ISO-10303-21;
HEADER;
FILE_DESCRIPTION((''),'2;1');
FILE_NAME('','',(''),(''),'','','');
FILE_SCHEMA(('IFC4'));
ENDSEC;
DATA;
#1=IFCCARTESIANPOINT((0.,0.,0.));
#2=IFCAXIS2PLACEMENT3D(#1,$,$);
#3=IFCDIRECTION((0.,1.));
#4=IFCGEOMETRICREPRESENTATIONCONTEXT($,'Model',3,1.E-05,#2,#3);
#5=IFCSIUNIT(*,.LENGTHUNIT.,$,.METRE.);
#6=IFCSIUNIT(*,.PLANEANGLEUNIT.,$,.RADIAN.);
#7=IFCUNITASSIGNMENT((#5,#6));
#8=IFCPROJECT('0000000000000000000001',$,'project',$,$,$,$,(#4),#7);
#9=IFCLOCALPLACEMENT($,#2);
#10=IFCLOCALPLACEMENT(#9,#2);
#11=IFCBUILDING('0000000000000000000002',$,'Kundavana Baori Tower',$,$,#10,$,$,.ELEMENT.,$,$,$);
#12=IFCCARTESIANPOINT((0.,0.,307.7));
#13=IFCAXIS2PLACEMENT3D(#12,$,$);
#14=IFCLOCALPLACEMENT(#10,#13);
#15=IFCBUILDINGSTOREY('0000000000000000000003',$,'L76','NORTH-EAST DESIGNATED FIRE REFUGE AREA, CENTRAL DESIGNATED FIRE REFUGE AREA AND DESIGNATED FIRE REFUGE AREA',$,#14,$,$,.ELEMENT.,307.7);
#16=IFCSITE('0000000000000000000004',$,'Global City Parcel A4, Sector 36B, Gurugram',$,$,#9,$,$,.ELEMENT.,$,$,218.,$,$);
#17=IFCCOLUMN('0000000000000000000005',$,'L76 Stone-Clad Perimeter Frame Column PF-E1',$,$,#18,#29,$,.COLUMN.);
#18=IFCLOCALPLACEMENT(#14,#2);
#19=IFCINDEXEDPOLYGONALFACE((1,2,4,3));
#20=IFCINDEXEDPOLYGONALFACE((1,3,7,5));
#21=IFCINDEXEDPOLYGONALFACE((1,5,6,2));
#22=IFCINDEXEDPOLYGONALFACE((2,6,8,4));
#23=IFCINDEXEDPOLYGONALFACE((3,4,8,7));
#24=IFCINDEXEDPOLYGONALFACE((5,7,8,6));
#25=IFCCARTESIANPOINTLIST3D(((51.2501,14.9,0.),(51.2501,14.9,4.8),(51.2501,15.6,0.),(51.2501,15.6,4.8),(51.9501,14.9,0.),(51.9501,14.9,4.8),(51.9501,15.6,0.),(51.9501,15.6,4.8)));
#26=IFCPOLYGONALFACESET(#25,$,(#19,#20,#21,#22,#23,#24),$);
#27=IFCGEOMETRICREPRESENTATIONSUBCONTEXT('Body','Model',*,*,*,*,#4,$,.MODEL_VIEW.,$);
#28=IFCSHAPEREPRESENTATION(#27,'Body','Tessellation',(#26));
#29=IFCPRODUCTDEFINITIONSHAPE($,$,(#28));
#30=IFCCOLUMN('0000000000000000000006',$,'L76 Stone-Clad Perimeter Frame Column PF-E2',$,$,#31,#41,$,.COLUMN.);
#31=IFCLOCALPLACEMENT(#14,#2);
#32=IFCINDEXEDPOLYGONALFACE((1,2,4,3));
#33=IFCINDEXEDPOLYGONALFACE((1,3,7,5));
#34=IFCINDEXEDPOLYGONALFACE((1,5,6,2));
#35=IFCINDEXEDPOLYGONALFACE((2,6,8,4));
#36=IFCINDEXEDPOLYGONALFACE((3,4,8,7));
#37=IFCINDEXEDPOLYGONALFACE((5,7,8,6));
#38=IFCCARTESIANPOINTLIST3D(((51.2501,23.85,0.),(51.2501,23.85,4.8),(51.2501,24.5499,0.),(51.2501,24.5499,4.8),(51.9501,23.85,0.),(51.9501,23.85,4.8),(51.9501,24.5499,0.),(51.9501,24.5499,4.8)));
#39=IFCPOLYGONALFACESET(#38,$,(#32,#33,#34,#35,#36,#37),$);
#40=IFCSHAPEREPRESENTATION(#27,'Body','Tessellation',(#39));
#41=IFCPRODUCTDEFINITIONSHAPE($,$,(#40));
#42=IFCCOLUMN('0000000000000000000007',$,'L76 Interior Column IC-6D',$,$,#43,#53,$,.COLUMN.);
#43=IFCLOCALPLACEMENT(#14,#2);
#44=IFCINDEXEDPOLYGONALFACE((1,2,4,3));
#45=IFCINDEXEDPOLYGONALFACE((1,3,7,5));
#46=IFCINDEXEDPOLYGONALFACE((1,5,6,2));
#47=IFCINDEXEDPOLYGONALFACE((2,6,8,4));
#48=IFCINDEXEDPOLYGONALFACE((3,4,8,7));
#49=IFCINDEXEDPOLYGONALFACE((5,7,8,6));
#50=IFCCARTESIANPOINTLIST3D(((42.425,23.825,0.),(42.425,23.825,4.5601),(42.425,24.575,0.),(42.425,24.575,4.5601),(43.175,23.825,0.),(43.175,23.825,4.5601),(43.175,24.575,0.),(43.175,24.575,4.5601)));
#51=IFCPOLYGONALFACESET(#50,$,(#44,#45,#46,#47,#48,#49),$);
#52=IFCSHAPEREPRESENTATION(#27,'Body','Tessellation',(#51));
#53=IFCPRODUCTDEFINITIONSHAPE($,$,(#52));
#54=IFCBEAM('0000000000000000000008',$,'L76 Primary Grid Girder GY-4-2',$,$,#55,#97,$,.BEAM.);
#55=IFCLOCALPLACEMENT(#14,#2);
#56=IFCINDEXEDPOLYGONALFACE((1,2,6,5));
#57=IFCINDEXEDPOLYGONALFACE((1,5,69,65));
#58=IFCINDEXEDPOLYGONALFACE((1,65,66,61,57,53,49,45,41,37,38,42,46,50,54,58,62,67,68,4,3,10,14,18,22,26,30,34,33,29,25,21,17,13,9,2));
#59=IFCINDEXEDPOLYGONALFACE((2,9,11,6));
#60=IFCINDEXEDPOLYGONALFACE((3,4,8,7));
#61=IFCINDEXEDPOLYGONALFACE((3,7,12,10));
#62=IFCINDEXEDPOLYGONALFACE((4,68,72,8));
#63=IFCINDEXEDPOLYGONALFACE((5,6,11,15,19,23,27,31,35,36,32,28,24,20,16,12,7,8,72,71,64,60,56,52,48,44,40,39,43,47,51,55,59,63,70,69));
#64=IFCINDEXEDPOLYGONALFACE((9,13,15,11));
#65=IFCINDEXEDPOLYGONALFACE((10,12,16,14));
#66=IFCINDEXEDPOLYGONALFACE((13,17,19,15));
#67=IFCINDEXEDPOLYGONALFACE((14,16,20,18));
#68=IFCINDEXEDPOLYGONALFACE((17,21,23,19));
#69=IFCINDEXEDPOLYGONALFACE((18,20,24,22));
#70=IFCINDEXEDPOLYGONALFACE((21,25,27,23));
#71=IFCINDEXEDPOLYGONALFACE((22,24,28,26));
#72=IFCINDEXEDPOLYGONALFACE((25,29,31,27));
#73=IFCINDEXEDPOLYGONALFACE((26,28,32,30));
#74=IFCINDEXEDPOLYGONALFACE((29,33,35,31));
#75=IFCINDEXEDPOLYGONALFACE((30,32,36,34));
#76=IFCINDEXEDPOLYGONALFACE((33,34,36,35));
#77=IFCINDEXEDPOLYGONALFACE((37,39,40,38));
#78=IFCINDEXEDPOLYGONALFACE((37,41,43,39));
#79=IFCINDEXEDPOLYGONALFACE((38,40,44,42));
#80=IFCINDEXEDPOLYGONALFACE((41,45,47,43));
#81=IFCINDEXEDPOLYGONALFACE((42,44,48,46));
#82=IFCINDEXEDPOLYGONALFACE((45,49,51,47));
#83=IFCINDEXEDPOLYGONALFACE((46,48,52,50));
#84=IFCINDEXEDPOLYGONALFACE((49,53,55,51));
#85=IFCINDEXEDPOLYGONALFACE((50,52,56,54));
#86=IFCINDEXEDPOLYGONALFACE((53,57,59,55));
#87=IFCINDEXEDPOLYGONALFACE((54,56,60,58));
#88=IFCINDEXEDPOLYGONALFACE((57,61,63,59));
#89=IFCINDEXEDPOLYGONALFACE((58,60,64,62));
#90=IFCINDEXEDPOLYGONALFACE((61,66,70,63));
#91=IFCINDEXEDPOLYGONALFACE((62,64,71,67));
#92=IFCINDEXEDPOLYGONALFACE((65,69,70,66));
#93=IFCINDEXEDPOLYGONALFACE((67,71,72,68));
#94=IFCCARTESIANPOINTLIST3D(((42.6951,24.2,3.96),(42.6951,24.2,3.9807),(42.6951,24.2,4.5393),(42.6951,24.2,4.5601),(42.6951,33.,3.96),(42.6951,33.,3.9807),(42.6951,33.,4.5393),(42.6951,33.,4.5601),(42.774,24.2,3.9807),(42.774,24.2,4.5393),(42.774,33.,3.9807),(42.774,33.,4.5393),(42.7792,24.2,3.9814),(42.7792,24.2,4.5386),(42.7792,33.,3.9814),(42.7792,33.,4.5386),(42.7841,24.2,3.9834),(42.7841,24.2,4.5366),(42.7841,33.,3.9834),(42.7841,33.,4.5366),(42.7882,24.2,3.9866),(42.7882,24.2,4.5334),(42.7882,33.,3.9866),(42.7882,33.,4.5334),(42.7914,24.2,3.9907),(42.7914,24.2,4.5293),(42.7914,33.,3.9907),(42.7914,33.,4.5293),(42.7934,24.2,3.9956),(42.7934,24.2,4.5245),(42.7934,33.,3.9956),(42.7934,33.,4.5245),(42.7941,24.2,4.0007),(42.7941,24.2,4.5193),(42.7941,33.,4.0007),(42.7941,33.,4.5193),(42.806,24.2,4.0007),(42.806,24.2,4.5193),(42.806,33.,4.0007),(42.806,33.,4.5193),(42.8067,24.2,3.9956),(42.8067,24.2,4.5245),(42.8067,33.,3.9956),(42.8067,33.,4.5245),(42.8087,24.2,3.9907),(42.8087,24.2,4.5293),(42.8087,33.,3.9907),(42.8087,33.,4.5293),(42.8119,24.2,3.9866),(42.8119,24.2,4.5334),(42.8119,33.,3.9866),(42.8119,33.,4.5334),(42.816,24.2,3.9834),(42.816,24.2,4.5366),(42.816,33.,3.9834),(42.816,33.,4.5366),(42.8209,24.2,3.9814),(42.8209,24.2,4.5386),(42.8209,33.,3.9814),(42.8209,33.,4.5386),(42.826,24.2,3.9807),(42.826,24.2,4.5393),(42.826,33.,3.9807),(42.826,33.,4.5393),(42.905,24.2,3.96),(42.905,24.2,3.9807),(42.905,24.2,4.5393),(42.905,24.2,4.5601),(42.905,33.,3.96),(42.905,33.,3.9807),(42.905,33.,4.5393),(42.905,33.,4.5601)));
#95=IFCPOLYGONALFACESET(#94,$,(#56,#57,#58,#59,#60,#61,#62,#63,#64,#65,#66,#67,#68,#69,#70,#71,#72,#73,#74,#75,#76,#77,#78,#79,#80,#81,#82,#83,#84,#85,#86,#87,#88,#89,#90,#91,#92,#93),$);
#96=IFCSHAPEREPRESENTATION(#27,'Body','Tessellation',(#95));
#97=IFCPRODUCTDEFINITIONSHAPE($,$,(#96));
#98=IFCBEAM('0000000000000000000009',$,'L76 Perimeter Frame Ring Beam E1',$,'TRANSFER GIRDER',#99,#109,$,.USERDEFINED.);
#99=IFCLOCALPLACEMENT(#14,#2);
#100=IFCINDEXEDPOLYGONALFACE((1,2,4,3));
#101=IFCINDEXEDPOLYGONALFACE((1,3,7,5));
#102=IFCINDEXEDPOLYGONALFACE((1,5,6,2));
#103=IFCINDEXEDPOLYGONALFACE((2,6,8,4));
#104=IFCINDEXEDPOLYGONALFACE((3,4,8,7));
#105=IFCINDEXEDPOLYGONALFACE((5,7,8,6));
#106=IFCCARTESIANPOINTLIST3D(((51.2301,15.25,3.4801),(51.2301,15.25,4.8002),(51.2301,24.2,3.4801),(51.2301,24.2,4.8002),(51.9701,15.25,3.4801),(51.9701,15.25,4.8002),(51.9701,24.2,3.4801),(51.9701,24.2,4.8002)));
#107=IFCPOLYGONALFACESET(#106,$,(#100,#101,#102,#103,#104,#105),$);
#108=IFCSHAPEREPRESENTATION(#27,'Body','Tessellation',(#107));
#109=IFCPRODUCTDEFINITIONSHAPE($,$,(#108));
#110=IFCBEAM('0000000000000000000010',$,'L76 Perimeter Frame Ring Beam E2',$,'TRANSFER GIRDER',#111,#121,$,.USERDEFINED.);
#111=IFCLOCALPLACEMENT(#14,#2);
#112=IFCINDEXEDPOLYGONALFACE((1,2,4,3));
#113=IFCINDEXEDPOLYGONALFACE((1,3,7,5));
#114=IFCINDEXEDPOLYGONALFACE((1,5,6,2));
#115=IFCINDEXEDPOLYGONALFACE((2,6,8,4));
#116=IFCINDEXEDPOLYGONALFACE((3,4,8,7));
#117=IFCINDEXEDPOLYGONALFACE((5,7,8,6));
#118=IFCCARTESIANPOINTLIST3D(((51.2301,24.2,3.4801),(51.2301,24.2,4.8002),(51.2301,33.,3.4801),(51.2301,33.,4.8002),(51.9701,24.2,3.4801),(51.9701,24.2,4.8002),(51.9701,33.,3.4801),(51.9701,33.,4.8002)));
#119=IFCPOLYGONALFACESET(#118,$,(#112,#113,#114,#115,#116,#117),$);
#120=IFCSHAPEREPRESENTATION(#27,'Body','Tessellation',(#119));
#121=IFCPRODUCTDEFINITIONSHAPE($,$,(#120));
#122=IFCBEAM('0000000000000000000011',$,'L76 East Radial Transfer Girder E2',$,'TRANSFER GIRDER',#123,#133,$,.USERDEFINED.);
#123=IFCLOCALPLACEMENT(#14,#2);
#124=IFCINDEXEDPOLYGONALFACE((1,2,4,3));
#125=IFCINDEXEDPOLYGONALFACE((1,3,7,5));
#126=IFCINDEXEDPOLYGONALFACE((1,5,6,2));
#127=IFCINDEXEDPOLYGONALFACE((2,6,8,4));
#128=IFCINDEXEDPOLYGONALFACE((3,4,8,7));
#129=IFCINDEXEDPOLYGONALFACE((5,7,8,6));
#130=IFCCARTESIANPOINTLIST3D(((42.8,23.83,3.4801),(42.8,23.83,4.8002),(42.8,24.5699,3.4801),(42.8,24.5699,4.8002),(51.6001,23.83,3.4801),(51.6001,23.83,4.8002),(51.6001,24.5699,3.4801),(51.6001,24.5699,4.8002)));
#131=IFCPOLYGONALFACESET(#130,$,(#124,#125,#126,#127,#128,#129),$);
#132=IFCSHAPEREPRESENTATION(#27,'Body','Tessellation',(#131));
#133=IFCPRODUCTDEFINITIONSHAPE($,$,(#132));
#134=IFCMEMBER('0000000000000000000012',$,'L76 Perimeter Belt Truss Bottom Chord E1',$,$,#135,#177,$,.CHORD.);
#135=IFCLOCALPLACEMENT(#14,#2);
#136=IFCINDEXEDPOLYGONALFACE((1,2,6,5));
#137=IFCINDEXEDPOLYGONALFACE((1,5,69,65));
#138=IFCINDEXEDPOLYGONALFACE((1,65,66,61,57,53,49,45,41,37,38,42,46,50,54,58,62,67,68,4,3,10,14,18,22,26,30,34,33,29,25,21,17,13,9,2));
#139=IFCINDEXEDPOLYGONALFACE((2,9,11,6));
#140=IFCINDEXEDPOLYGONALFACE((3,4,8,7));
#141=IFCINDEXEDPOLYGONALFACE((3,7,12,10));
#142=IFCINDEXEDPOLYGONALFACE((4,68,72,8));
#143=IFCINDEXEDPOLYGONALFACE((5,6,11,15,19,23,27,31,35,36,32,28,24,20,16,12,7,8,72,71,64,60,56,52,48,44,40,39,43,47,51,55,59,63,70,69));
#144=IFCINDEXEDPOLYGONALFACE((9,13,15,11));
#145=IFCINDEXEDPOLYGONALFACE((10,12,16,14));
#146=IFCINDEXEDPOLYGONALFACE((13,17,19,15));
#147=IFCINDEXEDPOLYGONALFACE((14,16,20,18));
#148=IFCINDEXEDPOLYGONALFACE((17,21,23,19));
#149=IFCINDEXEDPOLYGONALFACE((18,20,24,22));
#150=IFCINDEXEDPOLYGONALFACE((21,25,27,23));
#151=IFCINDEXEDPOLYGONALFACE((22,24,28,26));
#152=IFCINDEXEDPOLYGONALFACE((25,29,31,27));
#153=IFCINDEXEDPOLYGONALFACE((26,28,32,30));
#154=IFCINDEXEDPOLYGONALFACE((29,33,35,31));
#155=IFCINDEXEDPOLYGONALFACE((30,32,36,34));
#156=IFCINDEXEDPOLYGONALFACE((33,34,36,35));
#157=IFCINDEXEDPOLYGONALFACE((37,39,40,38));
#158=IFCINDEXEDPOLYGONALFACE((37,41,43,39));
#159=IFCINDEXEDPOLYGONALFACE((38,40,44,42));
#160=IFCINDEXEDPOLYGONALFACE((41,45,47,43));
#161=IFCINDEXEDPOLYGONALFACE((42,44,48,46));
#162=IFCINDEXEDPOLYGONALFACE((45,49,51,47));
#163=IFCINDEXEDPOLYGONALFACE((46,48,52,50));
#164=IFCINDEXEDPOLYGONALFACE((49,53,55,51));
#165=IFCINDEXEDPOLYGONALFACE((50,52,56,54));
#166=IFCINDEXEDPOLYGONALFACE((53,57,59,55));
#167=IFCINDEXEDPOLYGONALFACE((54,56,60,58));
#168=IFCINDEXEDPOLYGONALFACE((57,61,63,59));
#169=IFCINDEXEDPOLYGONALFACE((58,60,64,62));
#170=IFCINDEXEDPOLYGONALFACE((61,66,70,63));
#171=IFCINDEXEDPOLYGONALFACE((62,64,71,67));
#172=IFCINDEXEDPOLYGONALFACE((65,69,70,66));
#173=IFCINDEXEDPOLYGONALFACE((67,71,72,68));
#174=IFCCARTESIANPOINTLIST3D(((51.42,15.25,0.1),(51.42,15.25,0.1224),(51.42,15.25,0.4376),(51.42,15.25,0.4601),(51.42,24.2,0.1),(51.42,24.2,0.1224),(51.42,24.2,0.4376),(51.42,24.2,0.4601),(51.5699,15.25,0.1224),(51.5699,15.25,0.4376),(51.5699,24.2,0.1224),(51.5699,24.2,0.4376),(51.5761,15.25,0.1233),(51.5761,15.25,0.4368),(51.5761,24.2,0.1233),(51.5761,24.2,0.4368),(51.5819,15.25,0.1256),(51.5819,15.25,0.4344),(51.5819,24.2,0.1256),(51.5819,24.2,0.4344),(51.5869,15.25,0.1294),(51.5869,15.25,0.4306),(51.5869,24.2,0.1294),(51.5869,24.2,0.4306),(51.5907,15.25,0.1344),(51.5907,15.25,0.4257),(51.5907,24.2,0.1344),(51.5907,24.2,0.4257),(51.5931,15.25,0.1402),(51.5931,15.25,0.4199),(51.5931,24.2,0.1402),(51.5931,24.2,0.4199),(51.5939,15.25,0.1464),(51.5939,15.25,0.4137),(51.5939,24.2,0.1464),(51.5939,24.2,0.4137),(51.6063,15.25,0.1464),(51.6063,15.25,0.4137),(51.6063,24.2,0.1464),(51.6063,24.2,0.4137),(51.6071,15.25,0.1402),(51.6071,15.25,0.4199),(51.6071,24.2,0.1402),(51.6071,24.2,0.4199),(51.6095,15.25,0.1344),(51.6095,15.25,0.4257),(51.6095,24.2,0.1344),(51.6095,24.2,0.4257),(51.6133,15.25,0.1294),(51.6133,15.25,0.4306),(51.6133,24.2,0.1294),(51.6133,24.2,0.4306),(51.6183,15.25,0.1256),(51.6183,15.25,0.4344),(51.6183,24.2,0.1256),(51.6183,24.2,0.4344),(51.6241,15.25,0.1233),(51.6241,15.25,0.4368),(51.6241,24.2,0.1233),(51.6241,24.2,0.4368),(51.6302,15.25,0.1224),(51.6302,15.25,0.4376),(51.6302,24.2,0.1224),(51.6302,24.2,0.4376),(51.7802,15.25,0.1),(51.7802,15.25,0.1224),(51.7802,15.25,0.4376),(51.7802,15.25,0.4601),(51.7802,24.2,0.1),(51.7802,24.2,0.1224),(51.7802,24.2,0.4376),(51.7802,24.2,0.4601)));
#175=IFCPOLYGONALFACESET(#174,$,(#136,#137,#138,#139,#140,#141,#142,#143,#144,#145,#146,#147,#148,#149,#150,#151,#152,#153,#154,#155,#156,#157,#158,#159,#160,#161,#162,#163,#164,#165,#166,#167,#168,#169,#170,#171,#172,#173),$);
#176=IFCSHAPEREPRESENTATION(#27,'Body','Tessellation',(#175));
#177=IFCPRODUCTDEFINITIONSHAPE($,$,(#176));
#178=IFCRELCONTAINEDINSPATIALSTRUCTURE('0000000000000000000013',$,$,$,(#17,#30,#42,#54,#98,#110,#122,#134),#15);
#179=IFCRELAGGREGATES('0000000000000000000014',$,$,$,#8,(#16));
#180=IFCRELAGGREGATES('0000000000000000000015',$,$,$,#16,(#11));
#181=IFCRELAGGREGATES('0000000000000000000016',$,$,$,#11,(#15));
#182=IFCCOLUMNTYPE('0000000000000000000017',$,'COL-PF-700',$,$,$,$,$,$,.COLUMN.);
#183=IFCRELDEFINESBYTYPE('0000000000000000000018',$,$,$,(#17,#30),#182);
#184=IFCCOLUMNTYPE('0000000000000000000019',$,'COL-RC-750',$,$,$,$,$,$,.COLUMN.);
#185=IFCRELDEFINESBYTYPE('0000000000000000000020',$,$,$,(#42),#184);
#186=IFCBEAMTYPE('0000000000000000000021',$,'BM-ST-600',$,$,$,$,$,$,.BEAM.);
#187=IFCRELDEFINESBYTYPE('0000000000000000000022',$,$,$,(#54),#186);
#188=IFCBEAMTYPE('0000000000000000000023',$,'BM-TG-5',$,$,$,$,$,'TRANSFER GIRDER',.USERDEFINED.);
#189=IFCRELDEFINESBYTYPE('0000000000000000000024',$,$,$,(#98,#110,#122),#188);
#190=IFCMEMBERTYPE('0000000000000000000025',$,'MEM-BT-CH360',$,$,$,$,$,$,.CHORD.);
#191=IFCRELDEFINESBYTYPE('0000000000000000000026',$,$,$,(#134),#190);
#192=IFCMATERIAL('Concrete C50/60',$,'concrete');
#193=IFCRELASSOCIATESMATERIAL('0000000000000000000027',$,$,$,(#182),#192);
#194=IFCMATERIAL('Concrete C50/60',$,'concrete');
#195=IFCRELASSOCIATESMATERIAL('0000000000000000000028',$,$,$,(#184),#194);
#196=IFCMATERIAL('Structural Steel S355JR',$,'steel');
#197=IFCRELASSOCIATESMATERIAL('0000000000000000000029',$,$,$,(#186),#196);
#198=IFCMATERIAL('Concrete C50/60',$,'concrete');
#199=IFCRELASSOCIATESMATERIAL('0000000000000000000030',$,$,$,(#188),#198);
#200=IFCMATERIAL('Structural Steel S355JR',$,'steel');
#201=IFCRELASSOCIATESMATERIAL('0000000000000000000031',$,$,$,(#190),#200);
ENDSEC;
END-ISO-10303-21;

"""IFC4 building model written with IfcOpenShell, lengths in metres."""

from ifc_helpers import new_model, si_unit, direction, frame, origin, origin_2d, place, context, subcontext, project, spatial, rectangle, i_section, extrude, material, material_profile, profile_set, type_object, element, save


model = new_model("IFC4")

# Units and contexts
model_context = context("Model", 3, precision=1e-05, world=origin(), true_north=direction((0.0, 1.0)))
body_context = subcontext(model_context, "Body", "Model", "MODEL_VIEW")
ifc_project = project(units=[si_unit("LENGTHUNIT", "METRE"), si_unit("PLANEANGLEUNIT", "RADIAN")], contexts=[model_context])

# Site, building, storey
site_placement = place(None, origin())
site = spatial("IfcSite", under=ifc_project, at=site_placement, Name="Global City Parcel A4, Sector 36B, Gurugram", CompositionType="ELEMENT", RefElevation=218.0)
building_placement = place(site_placement, origin())
building = spatial("IfcBuilding", under=site, at=building_placement, Name="Kundavana Baori Tower", CompositionType="ELEMENT")
storey_placement = place(building_placement, frame((0.0, 0.0, 307.7)))
storey = spatial("IfcBuildingStorey", under=building, at=storey_placement, Name="L76", Description="NORTH-EAST DESIGNATED FIRE REFUGE AREA, CENTRAL DESIGNATED FIRE REFUGE AREA AND DESIGNATED FIRE REFUGE AREA", CompositionType="ELEMENT", Elevation=307.7)

# Columns
ifc_material_1 = material(Name="Concrete C50/60", Category="concrete")
ifc_material_profile_1 = material_profile(ifc_material_1, rectangle(XDim=0.7, YDim=0.7, at=origin_2d()), Name="RC PF 700x700")
ifc_profile_set_1 = profile_set([ifc_material_profile_1], Name="Concrete C50/60")
column_type_1 = type_object("IfcColumnType", Name="COL-PF-700", PredefinedType="COLUMN", material=ifc_profile_set_1)
for number, where, z_axis, x_axis, name in (
    (1, (51.6001, 15.25, 0.0), (0.0, 0.0, 1.0), (1.0, 0.0, 0.0), "L76 Stone-Clad Perimeter Frame Column PF-E1"),
    (2, (51.6001, 24.2, 0.0), (0.0, 0.0, 1.0), (1.0, 0.0, 0.0), "L76 Stone-Clad Perimeter Frame Column PF-E2"),
):
    element("IfcColumn", number, at=place(storey_placement, frame(where, z_axis=z_axis, x_axis=x_axis)), inside=storey, type_object=column_type_1, Name=name, PredefinedType="COLUMN", context=body_context, shape_type="SweptSolid", body=[
        extrude(rectangle(XDim=0.7, YDim=0.7, at=origin_2d()), origin(), (0.0, 0.0, 1.0), 4.8),
    ])
ifc_material_2 = material(Name="Concrete C50/60", Category="concrete")
ifc_material_profile_2 = material_profile(ifc_material_2, rectangle(XDim=0.75, YDim=0.75, at=origin_2d()), Name="RC 750x750")
ifc_profile_set_2 = profile_set([ifc_material_profile_2], Name="Concrete C50/60")
column_type_2 = type_object("IfcColumnType", Name="COL-RC-750", PredefinedType="COLUMN", material=ifc_profile_set_2)
column_placement = place(storey_placement, frame((42.8, 24.2, 0.0), z_axis=(0.0, 0.0, 1.0), x_axis=(1.0, 0.0, 0.0)))
element("IfcColumn", 3, at=column_placement, inside=storey, type_object=column_type_2, Name="L76 Interior Column IC-6D", PredefinedType="COLUMN", context=body_context, shape_type="SweptSolid", body=[
    extrude(rectangle(XDim=0.75, YDim=0.75, at=origin_2d()), origin(), (0.0, 0.0, 1.0), 4.5601),
])

# Beams
ifc_material_3 = material(Name="Structural Steel S355JR", Category="steel")
ifc_material_profile_3 = material_profile(ifc_material_3, i_section(OverallWidth=0.21, OverallDepth=0.6001, WebThickness=0.012, FlangeThickness=0.0208, FilletRadius=0.02, at=origin_2d()), Name="ISMB 600")
ifc_profile_set_3 = profile_set([ifc_material_profile_3], Name="Structural Steel S355JR")
beam_type_1 = type_object("IfcBeamType", Name="BM-ST-600", PredefinedType="BEAM", material=ifc_profile_set_3)
beam_1_placement = place(storey_placement, frame((42.8, 24.2, 4.26), z_axis=(0.0, 1.0, 0.0), x_axis=(-1.0, 0.0, 0.0)))
element("IfcBeam", 4, at=beam_1_placement, inside=storey, type_object=beam_type_1, Name="L76 Primary Grid Girder GY-4-2", PredefinedType="BEAM", context=body_context, shape_type="SweptSolid", body=[
    extrude(i_section(OverallWidth=0.21, OverallDepth=0.6001, WebThickness=0.012, FlangeThickness=0.0208, FilletRadius=0.02, at=origin_2d()), origin(), (0.0, 0.0, 1.0), 8.8),
])
ifc_material_4 = material(Name="Concrete C50/60", Category="concrete")
ifc_material_profile_4 = material_profile(ifc_material_4, rectangle(XDim=0.74, YDim=1.3201, at=origin_2d()), Name="BM-TG-5")
ifc_profile_set_4 = profile_set([ifc_material_profile_4], Name="Concrete C50/60")
beam_type_2 = type_object("IfcBeamType", Name="BM-TG-5", ElementType="TRANSFER GIRDER", PredefinedType="USERDEFINED", material=ifc_profile_set_4)
beam_2_placement = place(storey_placement, frame((51.6001, 15.25, 4.1401), z_axis=(0.0, 1.0, 0.0), x_axis=(-1.0, 0.0, 0.0)))
element("IfcBeam", 5, at=beam_2_placement, inside=storey, type_object=beam_type_2, Name="L76 Perimeter Frame Ring Beam E1", ObjectType="TRANSFER GIRDER", PredefinedType="USERDEFINED", context=body_context, shape_type="SweptSolid", body=[
    extrude(rectangle(XDim=0.74, YDim=1.3201, at=origin_2d()), origin(), (0.0, 0.0, 1.0), 8.95),
])
for number, where, z_axis, x_axis, name in (
    (6, (51.6001, 24.2, 4.1401), (0.0, 1.0, 0.0), (-1.0, 0.0, 0.0), "L76 Perimeter Frame Ring Beam E2"),
    (7, (42.8, 24.2, 4.1401), (1.0, 0.0, 0.0), (0.0, 1.0, 0.0), "L76 East Radial Transfer Girder E2"),
):
    element("IfcBeam", number, at=place(storey_placement, frame(where, z_axis=z_axis, x_axis=x_axis)), inside=storey, type_object=beam_type_2, Name=name, ObjectType="TRANSFER GIRDER", PredefinedType="USERDEFINED", context=body_context, shape_type="SweptSolid", body=[
        extrude(rectangle(XDim=0.74, YDim=1.3201, at=origin_2d()), origin(), (0.0, 0.0, 1.0), 8.8),
    ])

# Member
ifc_material_5 = material(Name="Structural Steel S355JR", Category="steel")
ifc_material_profile_5 = material_profile(ifc_material_5, i_section(OverallWidth=0.3601, OverallDepth=0.3601, WebThickness=0.0125, FlangeThickness=0.0225, FilletRadius=0.0239, at=origin_2d()), Name="WPB 360x360x142")
ifc_profile_set_5 = profile_set([ifc_material_profile_5], Name="Structural Steel S355JR")
member_type_1 = type_object("IfcMemberType", Name="MEM-BT-CH360", PredefinedType="CHORD", material=ifc_profile_set_5)
member_1_placement = place(storey_placement, frame((51.6001, 15.25, 0.28), z_axis=(0.0, 1.0, 0.0), x_axis=(-1.0, 0.0, 0.0)))
element("IfcMember", 8, at=member_1_placement, inside=storey, type_object=member_type_1, Name="L76 Perimeter Belt Truss Bottom Chord E1", PredefinedType="CHORD", context=body_context, shape_type="SweptSolid", body=[
    extrude(i_section(OverallWidth=0.3601, OverallDepth=0.3601, WebThickness=0.0125, FlangeThickness=0.0225, FilletRadius=0.0239, at=origin_2d()), origin(), (0.0, 0.0, 1.0), 8.95),
])

save(model, "model.ifc")
